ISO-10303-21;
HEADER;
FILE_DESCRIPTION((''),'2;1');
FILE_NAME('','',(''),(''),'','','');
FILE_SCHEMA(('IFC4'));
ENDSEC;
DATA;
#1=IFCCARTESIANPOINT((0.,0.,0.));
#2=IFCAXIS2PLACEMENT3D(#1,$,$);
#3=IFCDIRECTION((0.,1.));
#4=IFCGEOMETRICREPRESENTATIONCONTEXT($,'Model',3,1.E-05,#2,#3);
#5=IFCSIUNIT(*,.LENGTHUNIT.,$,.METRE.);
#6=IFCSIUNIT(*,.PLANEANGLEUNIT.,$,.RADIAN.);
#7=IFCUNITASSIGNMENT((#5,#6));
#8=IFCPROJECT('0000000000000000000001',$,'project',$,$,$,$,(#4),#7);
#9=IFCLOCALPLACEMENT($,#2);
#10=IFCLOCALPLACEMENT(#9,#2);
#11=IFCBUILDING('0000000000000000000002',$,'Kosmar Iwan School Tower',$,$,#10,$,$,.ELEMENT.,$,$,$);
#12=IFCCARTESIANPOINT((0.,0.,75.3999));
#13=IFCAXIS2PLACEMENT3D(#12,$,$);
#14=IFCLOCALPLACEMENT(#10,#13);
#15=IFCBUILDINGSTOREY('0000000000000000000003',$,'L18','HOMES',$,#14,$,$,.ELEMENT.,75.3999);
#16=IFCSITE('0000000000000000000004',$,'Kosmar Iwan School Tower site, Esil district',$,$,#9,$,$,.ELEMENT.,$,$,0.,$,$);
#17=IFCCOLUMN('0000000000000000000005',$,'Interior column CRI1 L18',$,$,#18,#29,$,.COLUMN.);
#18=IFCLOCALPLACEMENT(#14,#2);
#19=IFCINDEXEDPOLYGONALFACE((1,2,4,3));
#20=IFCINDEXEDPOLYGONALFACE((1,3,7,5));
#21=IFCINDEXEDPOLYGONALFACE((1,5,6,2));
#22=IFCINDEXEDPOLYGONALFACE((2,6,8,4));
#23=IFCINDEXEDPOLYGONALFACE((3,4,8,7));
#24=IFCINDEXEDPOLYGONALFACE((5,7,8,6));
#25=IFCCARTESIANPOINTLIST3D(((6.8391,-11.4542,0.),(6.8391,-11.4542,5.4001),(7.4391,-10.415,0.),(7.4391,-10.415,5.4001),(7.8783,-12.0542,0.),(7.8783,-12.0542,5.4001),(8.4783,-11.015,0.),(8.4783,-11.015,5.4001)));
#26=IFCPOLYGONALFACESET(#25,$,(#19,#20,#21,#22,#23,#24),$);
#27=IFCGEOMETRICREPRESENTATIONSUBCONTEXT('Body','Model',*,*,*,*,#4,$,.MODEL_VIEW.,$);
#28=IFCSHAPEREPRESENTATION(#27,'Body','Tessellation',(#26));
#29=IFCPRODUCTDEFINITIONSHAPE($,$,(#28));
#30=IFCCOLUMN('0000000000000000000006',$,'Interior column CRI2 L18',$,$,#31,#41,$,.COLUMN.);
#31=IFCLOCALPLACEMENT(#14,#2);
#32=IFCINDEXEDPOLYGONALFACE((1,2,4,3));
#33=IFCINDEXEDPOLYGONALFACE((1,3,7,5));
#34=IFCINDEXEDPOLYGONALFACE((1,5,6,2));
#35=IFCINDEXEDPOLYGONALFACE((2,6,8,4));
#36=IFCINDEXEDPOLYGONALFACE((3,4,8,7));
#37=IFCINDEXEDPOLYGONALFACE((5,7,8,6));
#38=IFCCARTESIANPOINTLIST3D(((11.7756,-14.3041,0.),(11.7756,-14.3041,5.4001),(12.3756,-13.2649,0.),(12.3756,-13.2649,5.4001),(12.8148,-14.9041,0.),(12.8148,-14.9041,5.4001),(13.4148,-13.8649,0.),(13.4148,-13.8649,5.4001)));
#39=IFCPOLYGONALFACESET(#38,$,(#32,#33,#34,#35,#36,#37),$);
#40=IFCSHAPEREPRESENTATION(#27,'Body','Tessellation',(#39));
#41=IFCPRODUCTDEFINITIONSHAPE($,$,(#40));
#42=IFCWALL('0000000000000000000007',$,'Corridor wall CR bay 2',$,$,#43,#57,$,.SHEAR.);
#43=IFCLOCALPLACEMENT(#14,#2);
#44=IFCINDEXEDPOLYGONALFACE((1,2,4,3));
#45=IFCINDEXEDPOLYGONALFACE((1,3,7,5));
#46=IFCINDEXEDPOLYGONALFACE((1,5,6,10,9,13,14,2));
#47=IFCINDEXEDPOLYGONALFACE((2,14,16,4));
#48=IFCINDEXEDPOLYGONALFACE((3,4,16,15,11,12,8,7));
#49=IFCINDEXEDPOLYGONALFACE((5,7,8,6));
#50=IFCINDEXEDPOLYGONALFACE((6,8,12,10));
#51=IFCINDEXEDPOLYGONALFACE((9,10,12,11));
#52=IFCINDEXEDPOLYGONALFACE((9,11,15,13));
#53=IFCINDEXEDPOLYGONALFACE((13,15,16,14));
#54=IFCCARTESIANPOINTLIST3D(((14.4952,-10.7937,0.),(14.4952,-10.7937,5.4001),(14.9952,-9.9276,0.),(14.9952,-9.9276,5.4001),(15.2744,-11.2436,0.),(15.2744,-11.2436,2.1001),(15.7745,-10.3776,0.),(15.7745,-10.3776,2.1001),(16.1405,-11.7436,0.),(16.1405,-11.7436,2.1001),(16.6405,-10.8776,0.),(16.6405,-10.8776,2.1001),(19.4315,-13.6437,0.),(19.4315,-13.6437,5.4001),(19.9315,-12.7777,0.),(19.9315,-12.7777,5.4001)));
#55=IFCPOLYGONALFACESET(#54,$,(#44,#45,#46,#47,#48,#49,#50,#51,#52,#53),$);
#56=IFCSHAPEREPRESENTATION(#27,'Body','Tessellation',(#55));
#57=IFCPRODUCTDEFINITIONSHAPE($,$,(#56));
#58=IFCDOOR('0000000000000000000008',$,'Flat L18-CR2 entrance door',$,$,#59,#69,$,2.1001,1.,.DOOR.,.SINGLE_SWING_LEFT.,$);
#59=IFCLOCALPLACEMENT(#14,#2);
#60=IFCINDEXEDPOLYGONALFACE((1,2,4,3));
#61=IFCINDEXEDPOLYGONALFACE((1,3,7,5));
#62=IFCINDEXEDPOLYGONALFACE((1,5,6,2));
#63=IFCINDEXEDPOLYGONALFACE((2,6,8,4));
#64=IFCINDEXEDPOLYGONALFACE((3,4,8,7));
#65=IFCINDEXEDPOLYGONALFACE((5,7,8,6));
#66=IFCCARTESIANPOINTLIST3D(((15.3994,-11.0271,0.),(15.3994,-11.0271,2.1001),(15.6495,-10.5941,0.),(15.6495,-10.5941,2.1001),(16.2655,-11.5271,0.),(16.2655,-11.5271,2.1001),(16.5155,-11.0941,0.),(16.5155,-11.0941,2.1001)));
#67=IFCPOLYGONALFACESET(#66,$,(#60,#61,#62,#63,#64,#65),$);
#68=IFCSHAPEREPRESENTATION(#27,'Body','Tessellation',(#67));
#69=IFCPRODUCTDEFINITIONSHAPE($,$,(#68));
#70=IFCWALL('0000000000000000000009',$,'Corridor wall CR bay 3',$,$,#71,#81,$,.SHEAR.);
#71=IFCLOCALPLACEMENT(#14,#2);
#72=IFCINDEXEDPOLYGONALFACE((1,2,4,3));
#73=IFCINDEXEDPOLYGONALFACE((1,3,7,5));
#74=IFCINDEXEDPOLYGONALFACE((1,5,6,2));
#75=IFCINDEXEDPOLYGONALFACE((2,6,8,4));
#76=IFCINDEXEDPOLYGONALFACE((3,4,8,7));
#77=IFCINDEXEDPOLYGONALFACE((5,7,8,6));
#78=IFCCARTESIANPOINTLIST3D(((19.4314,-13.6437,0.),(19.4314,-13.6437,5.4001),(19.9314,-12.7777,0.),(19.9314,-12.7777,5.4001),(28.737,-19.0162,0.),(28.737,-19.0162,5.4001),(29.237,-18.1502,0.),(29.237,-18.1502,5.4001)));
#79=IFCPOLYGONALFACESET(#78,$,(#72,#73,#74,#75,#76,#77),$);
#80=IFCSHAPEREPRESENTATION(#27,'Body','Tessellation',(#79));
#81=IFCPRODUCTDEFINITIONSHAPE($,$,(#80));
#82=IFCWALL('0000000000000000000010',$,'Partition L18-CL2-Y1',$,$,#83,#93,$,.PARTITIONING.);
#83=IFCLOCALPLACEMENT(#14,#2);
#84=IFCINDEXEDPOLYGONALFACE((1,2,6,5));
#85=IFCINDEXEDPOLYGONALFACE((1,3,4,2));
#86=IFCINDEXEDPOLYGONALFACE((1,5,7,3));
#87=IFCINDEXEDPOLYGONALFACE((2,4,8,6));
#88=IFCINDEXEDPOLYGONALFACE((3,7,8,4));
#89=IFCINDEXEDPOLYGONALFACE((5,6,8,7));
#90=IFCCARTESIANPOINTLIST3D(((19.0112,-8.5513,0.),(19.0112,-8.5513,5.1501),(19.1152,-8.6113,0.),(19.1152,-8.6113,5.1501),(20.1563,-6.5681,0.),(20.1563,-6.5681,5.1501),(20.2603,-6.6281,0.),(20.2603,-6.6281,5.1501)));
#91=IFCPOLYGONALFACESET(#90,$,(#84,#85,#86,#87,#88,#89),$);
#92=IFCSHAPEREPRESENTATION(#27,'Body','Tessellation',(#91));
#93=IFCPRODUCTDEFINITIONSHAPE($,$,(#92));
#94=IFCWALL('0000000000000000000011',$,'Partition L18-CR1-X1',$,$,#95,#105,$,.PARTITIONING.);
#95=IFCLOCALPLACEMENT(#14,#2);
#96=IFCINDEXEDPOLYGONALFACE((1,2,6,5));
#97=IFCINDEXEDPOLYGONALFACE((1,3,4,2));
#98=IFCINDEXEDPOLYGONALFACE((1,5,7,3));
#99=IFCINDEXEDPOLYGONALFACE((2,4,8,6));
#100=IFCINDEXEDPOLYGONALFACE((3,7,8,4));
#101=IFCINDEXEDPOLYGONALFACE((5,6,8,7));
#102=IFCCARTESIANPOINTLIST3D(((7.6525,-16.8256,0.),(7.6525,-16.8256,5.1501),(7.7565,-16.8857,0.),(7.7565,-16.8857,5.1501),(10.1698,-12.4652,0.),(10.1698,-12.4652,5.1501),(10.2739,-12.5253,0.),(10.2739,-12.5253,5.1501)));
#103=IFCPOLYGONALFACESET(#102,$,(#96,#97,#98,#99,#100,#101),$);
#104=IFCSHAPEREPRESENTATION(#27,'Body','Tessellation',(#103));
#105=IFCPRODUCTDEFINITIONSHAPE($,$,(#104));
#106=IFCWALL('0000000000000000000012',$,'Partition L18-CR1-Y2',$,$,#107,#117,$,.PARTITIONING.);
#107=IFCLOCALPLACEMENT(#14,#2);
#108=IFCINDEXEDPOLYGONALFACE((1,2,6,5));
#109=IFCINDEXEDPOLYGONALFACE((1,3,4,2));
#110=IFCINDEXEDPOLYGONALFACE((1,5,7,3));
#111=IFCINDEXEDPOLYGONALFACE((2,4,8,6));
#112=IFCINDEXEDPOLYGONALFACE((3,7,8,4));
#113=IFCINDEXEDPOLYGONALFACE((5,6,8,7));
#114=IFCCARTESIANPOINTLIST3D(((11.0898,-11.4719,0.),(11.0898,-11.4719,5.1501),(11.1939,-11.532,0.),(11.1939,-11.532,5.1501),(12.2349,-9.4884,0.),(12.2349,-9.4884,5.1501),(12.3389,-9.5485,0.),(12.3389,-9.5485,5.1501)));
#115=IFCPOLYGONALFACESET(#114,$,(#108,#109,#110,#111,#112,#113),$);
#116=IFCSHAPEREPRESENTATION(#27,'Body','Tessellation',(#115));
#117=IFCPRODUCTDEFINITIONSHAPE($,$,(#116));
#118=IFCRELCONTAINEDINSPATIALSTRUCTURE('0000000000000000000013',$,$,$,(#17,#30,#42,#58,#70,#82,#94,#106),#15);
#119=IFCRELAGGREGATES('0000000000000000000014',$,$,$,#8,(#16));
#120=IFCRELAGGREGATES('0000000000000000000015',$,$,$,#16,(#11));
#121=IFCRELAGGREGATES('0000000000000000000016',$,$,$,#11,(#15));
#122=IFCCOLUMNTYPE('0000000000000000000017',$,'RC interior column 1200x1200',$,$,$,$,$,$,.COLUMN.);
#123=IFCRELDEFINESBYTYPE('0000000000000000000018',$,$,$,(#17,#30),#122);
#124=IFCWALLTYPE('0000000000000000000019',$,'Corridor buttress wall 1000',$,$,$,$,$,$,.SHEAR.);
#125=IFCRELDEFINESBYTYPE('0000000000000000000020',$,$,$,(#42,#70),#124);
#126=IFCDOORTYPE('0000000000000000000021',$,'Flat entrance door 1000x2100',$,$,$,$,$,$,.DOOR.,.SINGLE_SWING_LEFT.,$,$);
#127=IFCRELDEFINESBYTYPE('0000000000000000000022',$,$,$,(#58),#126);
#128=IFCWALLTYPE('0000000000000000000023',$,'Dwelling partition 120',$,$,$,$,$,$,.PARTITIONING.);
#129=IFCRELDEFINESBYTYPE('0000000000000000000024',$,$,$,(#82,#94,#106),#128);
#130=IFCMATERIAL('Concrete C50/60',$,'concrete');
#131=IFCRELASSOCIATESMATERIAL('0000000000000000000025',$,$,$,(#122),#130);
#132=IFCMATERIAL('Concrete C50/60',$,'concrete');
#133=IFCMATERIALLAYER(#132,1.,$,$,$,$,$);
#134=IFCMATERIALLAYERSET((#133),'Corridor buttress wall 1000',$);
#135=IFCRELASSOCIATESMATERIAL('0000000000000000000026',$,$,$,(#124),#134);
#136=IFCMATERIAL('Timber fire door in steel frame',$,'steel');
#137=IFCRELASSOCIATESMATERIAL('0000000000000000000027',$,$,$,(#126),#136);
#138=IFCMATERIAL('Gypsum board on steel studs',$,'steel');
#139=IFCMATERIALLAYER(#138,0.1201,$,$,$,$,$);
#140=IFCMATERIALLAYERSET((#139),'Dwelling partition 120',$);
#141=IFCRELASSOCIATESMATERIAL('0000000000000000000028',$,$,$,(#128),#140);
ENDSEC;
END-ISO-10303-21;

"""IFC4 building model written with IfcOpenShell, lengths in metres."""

from ifc_helpers import new_model, si_unit, direction, frame, frame_2d, origin, origin_2d, place, context, subcontext, project, spatial, rectangle, extrude, material, layer, layer_set, material_profile, profile_set, type_object, element, fill, save


model = new_model("IFC4")

# Units and contexts
model_context = context("Model", 3, precision=1e-05, world=origin(), true_north=direction((0.0, 1.0)))
body_context = subcontext(model_context, "Body", "Model", "MODEL_VIEW")
ifc_project = project(units=[si_unit("LENGTHUNIT", "METRE"), si_unit("PLANEANGLEUNIT", "RADIAN")], contexts=[model_context])

# Site, building, storey
site_placement = place(None, origin())
site = spatial("IfcSite", under=ifc_project, at=site_placement, Name="Kosmar Iwan School Tower site, Esil district", CompositionType="ELEMENT", RefElevation=0.0)
building_placement = place(site_placement, origin())
building = spatial("IfcBuilding", under=site, at=building_placement, Name="Kosmar Iwan School Tower", CompositionType="ELEMENT")
storey_placement = place(building_placement, frame((0.0, 0.0, 75.3999)))
storey = spatial("IfcBuildingStorey", under=building, at=storey_placement, Name="L18", Description="HOMES", CompositionType="ELEMENT", Elevation=75.3999)

# Columns
ifc_material_1 = material(Name="Concrete C50/60", Category="concrete")
ifc_material_profile = material_profile(ifc_material_1, rectangle(XDim=1.2, YDim=1.2, at=origin_2d()), Name="RC 1200x1200")
ifc_profile_set = profile_set([ifc_material_profile], Name="Concrete C50/60")
column_type = type_object("IfcColumnType", Name="RC interior column 1200x1200", PredefinedType="COLUMN", material=ifc_profile_set)
for number, where, z_axis, x_axis, name in (
    (1, (7.6587, -11.2346, 0.0), (0.0, 0.0, 1.0), (0.866025, -0.5, 0.0), "Interior column CRI1 L18"),
    (2, (12.5952, -14.0845, 0.0), (0.0, 0.0, 1.0), (0.866025, -0.5, 0.0), "Interior column CRI2 L18"),
):
    element("IfcColumn", number, at=place(storey_placement, frame(where, z_axis=z_axis, x_axis=x_axis)), inside=storey, type_object=column_type, Name=name, PredefinedType="COLUMN", context=body_context, shape_type="SweptSolid", body=[
        extrude(rectangle(XDim=1.2, YDim=1.2, at=origin_2d()), origin(), (0.0, 0.0, 1.0), 5.4001),
    ])

# Wall, opening, door
ifc_material_2 = material(Name="Concrete C50/60", Category="concrete")
ifc_layer_1 = layer(ifc_material_2, 1.0)
ifc_layer_set_1 = layer_set([ifc_layer_1], Name="Corridor buttress wall 1000")
wall_type_1 = type_object("IfcWallType", Name="Corridor buttress wall 1000", PredefinedType="SHEAR", material=ifc_layer_set_1)
wall_1_placement = place(storey_placement, frame((14.7451, -10.3606, 0.0), z_axis=(0.0, 0.0, 1.0), x_axis=(0.866015, -0.500018, 0.0)))
wall_1 = element("IfcWall", 3, at=wall_1_placement, inside=storey, type_object=wall_type_1, Name="Corridor wall CR bay 2", PredefinedType="SHEAR", context=body_context, shape_type="SweptSolid", body=[
    extrude(rectangle(XDim=5.7, YDim=1.0, at=frame_2d((2.8501, 0.0))), origin(), (0.0, 0.0, 1.0), 5.4001),
])
opening_1_placement = place(wall_1_placement, frame((0.8999, 0.0, 0.0)))
opening_1 = element("IfcOpeningElement", 4, at=opening_1_placement, cuts=wall_1, PredefinedType="OPENING", context=body_context, shape_type="SweptSolid", body=[
    extrude(rectangle(XDim=1.0, YDim=2.1001, at=frame_2d((0.5, 1.05))), frame((0.0, 0.512, 0.0), z_axis=(0.0, -1.0, 0.0), x_axis=(1.0, 0.0, 0.0)), (0.0, 0.0, 1.0), 1.0239),
])
ifc_material_3 = material(Name="Timber fire door in steel frame", Category="steel")
door_type_1 = type_object("IfcDoorType", Name="Flat entrance door 1000x2100", OperationType="SINGLE_SWING_LEFT", PredefinedType="DOOR", material=ifc_material_3)
door_1_placement = place(opening_1_placement, origin())
door_1 = element("IfcDoor", 5, at=door_1_placement, inside=storey, type_object=door_type_1, Name="Flat L18-CR2 entrance door", OperationType="SINGLE_SWING_LEFT", OverallHeight=2.1001, OverallWidth=1.0, PredefinedType="DOOR", context=body_context, shape_type="SweptSolid", body=[
    extrude(rectangle(XDim=1.0, YDim=2.1001, at=frame_2d((0.5, 1.05))), frame((0.0, 0.25, 0.0), z_axis=(0.0, -1.0, 0.0), x_axis=(1.0, 0.0, 0.0)), (0.0, 0.0, 1.0), 0.5),
])
fill(opening_1, door_1)

# Walls
wall_2_placement = place(storey_placement, frame((19.6814, -13.2107, 0.0), z_axis=(0.0, 0.0, 1.0), x_axis=(0.866028, -0.499995, 0.0)))
element("IfcWall", 6, at=wall_2_placement, inside=storey, type_object=wall_type_1, Name="Corridor wall CR bay 3", PredefinedType="SHEAR", context=body_context, shape_type="SweptSolid", body=[
    extrude(rectangle(XDim=10.7451, YDim=1.0, at=frame_2d((5.3726, 0.0))), origin(), (0.0, 0.0, 1.0), 5.4001),
])
ifc_material_4 = material(Name="Gypsum board on steel studs", Category="steel")
ifc_layer_2 = layer(ifc_material_4, 0.1201)
ifc_layer_set_2 = layer_set([ifc_layer_2], Name="Dwelling partition 120")
wall_type_2 = type_object("IfcWallType", Name="Dwelling partition 120", PredefinedType="PARTITIONING", material=ifc_layer_set_2)
wall_3_placement = place(storey_placement, frame((19.0632, -8.5813, 0.0), z_axis=(0.0, 0.0, 1.0), x_axis=(0.500015, 0.866017, 0.0)))
element("IfcWall", 7, at=wall_3_placement, inside=storey, type_object=wall_type_2, Name="Partition L18-CL2-Y1", PredefinedType="PARTITIONING", context=body_context, shape_type="SweptSolid", body=[
    extrude(rectangle(XDim=2.29, YDim=0.1201, at=frame_2d((1.145, 0.0))), origin(), (0.0, 0.0, 1.0), 5.1501),
])
wall_4_placement = place(storey_placement, frame((10.2219, -12.4951, 0.0), z_axis=(0.0, 0.0, 1.0), x_axis=(-0.499983, -0.866035, 0.0)))
element("IfcWall", 8, at=wall_4_placement, inside=storey, type_object=wall_type_2, Name="Partition L18-CR1-X1", PredefinedType="PARTITIONING", context=body_context, shape_type="SweptSolid", body=[
    extrude(rectangle(XDim=5.0349, YDim=0.1201, at=frame_2d((2.5176, 0.0))), origin(), (0.0, 0.0, 1.0), 5.1501),
])
wall_5_placement = place(storey_placement, frame((12.2869, -9.5186, 0.0), z_axis=(0.0, 0.0, 1.0), x_axis=(-0.499969, -0.866044, 0.0)))
element("IfcWall", 9, at=wall_5_placement, inside=storey, type_object=wall_type_2, Name="Partition L18-CR1-Y2", PredefinedType="PARTITIONING", context=body_context, shape_type="SweptSolid", body=[
    extrude(rectangle(XDim=2.2903, YDim=0.1201, at=frame_2d((1.145, 0.0))), origin(), (0.0, 0.0, 1.0), 5.1501),
])

save(model, "model.ifc")
